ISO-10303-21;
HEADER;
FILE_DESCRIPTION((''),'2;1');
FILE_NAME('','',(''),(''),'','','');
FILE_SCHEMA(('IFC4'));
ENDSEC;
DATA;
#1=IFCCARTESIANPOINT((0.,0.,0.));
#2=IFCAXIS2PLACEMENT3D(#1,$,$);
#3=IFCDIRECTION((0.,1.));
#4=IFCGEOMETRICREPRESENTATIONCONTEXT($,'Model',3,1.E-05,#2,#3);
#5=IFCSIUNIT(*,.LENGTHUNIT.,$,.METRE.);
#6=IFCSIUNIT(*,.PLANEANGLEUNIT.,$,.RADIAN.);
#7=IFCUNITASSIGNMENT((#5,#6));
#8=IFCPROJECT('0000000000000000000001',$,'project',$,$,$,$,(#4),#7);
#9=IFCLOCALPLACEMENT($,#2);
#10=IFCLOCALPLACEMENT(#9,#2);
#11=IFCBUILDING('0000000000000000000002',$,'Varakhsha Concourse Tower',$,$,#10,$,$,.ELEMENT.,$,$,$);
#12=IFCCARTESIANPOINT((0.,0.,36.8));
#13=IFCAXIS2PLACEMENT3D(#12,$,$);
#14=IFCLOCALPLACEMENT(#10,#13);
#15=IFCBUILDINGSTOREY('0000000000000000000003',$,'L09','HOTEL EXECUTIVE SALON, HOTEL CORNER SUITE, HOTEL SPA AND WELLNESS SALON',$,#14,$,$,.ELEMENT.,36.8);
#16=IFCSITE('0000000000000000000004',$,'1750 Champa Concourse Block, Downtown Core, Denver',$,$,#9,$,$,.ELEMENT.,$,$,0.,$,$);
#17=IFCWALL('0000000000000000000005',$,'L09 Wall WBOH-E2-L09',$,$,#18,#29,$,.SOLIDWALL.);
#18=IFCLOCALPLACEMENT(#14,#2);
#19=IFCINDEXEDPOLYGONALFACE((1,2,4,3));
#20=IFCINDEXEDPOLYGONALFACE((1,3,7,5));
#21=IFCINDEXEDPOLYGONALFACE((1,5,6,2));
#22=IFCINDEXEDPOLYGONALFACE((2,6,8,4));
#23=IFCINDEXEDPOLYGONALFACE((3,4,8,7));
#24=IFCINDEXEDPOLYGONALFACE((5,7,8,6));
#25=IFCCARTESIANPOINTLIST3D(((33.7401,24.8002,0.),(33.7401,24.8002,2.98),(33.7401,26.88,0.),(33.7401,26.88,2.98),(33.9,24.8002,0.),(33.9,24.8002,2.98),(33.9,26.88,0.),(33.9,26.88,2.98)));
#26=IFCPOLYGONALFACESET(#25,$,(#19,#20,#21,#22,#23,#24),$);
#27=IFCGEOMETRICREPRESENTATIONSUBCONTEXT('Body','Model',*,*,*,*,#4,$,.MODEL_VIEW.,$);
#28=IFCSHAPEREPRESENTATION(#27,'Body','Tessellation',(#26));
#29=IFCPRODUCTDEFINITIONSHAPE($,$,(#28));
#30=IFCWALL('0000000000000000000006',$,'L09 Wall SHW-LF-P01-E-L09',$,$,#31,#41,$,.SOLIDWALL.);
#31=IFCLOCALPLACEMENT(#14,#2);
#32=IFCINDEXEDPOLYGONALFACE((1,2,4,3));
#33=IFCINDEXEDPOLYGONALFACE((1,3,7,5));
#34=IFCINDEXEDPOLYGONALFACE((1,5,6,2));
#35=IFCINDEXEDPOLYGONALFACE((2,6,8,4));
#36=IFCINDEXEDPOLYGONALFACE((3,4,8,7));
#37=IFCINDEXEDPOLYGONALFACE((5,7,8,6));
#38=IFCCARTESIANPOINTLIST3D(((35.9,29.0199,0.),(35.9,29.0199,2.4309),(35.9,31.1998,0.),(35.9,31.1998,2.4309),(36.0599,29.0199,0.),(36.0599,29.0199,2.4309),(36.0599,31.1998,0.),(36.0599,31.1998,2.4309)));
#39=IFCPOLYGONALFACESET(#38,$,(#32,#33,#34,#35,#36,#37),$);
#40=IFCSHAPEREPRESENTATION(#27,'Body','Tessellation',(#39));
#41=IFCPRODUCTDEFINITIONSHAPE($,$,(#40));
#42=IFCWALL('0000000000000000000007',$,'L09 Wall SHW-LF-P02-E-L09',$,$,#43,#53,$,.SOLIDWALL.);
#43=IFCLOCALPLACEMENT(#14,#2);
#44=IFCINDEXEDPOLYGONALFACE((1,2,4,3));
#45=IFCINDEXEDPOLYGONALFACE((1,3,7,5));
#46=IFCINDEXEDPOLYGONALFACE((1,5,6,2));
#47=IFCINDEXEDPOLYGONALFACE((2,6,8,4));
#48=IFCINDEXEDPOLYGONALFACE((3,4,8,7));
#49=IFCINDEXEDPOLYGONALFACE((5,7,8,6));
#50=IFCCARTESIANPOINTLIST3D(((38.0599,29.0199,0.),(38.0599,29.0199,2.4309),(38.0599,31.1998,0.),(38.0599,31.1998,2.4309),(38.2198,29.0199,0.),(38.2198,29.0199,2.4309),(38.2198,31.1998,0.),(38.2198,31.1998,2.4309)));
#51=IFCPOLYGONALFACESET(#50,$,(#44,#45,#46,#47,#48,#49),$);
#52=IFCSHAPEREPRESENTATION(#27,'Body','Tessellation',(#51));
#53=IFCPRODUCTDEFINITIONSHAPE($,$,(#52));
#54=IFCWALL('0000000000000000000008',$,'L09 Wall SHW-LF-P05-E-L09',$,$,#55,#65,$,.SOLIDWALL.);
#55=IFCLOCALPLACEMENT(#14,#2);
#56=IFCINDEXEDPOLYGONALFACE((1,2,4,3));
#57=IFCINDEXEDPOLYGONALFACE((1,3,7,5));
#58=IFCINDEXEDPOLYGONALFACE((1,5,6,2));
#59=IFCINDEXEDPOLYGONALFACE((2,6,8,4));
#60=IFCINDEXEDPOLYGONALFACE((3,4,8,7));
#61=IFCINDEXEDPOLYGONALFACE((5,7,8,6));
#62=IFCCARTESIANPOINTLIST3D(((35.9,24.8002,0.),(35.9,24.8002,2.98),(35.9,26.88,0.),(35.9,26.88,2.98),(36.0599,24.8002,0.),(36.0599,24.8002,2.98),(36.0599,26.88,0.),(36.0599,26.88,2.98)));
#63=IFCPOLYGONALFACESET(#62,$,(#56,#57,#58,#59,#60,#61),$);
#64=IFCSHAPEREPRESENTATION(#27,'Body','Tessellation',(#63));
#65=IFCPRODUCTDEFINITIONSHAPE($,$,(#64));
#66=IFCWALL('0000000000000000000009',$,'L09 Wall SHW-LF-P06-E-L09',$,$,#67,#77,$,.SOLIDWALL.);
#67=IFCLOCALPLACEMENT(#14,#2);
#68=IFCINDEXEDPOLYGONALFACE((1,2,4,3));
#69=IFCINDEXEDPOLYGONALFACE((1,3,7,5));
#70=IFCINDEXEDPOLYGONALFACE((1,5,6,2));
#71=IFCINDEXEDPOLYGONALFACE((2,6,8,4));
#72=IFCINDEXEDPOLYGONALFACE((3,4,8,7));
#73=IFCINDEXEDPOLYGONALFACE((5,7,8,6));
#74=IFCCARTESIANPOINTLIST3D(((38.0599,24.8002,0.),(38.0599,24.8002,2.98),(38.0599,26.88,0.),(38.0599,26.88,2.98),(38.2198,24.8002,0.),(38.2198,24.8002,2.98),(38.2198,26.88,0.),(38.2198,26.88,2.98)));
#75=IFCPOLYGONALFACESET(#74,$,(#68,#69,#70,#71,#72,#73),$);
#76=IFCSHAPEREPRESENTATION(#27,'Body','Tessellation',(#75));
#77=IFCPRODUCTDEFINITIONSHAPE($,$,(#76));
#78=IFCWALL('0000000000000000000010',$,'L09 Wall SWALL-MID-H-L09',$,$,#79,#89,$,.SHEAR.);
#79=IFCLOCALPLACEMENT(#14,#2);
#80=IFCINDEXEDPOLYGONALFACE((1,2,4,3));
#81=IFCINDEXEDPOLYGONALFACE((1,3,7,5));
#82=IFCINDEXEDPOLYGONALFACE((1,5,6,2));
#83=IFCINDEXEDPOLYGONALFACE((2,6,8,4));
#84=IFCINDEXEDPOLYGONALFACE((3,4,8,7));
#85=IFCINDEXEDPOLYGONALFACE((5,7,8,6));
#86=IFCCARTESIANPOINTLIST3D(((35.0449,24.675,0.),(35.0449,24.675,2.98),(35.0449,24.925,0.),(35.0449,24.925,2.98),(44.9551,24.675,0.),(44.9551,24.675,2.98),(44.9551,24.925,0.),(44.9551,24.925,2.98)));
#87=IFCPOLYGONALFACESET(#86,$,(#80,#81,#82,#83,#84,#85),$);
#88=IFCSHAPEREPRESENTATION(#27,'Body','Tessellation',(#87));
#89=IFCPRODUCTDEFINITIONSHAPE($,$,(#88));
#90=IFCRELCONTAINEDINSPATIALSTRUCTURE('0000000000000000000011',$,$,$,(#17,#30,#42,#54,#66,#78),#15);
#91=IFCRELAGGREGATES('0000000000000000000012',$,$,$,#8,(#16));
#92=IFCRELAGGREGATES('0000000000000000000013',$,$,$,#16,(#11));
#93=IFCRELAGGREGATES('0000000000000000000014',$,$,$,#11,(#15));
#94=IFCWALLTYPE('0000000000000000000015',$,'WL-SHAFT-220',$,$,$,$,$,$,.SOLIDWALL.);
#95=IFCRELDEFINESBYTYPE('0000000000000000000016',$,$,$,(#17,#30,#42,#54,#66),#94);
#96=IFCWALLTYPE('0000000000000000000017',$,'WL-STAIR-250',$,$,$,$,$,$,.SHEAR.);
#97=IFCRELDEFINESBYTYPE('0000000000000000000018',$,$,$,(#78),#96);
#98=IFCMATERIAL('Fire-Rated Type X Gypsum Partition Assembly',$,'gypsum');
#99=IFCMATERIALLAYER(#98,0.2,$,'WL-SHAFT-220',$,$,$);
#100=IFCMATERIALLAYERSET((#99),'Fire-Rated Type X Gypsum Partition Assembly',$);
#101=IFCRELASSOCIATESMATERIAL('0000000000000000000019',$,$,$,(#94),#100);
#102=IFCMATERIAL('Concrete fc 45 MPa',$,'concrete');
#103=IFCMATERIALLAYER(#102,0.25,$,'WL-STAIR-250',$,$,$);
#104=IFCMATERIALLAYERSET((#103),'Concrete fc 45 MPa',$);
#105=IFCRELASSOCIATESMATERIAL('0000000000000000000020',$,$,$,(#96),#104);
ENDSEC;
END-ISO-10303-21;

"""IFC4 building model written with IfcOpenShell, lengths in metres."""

from ifc_helpers import new_model, si_unit, direction, frame, frame_2d, origin, place, context, subcontext, project, spatial, rectangle, extrude, material, layer, layer_set, type_object, element, save


model = new_model("IFC4")

# Units and contexts
model_context = context("Model", 3, precision=1e-05, world=origin(), true_north=direction((0.0, 1.0)))
body_context = subcontext(model_context, "Body", "Model", "MODEL_VIEW")
ifc_project = project(units=[si_unit("LENGTHUNIT", "METRE"), si_unit("PLANEANGLEUNIT", "RADIAN")], contexts=[model_context])

# Site, building, storey
site_placement = place(None, origin())
site = spatial("IfcSite", under=ifc_project, at=site_placement, Name="1750 Champa Concourse Block, Downtown Core, Denver", CompositionType="ELEMENT", RefElevation=0.0)
building_placement = place(site_placement, origin())
building = spatial("IfcBuilding", under=site, at=building_placement, Name="Varakhsha Concourse Tower", CompositionType="ELEMENT")
storey_placement = place(building_placement, frame((0.0, 0.0, 36.8)))
storey = spatial("IfcBuildingStorey", under=building, at=storey_placement, Name="L09", Description="HOTEL EXECUTIVE SALON, HOTEL CORNER SUITE, HOTEL SPA AND WELLNESS SALON", CompositionType="ELEMENT", Elevation=36.8)

# Shared definitions
ifc_material_1 = material(Name="Fire-Rated Type X Gypsum Partition Assembly", Category="gypsum")

# Shared definitions
ifc_layer_1 = layer(ifc_material_1, 0.2, Name="WL-SHAFT-220")
ifc_layer_set_1 = layer_set([ifc_layer_1], Name="Fire-Rated Type X Gypsum Partition Assembly")
wall_type_1 = type_object("IfcWallType", Name="WL-SHAFT-220", PredefinedType="SOLIDWALL", material=ifc_layer_set_1)

# Walls
wall_1_placement = place(storey_placement, frame((33.8201, 24.8, 0.0), z_axis=(0.0, 0.0, 1.0), x_axis=(0.0, 1.0, 0.0)))
element("IfcWall", 1, at=wall_1_placement, inside=storey, type_object=wall_type_1, Name="L09 Wall WBOH-E2-L09", PredefinedType="SOLIDWALL", context=body_context, shape_type="SweptSolid", body=[
    extrude(rectangle(XDim=2.0798, YDim=0.1599, at=frame_2d((1.04, 0.0))), origin(), (0.0, 0.0, 1.0), 2.98),
])
for number, where, z_axis, x_axis, name in (
    (2, (35.98, 29.02, 0.0), (0.0, 0.0, 1.0), (0.0, 1.0, 0.0), "L09 Wall SHW-LF-P01-E-L09"),
    (3, (38.1399, 29.02, 0.0), (0.0, 0.0, 1.0), (0.0, 1.0, 0.0), "L09 Wall SHW-LF-P02-E-L09"),
):
    element("IfcWall", number, at=place(storey_placement, frame(where, z_axis=z_axis, x_axis=x_axis)), inside=storey, type_object=wall_type_1, Name=name, PredefinedType="SOLIDWALL", context=body_context, shape_type="SweptSolid", body=[
        extrude(rectangle(XDim=2.1799, YDim=0.1599, at=frame_2d((1.0898, 0.0))), origin(), (0.0, 0.0, 1.0), 2.4309),
    ])
for number, where, z_axis, x_axis, name in (
    (4, (35.98, 24.8, 0.0), (0.0, 0.0, 1.0), (0.0, 1.0, 0.0), "L09 Wall SHW-LF-P05-E-L09"),
    (5, (38.1399, 24.8, 0.0), (0.0, 0.0, 1.0), (0.0, 1.0, 0.0), "L09 Wall SHW-LF-P06-E-L09"),
):
    element("IfcWall", number, at=place(storey_placement, frame(where, z_axis=z_axis, x_axis=x_axis)), inside=storey, type_object=wall_type_1, Name=name, PredefinedType="SOLIDWALL", context=body_context, shape_type="SweptSolid", body=[
        extrude(rectangle(XDim=2.0798, YDim=0.1599, at=frame_2d((1.04, 0.0))), origin(), (0.0, 0.0, 1.0), 2.98),
    ])
ifc_material_2 = material(Name="Concrete fc 45 MPa", Category="concrete")
ifc_layer_2 = layer(ifc_material_2, 0.25, Name="WL-STAIR-250")
ifc_layer_set_2 = layer_set([ifc_layer_2], Name="Concrete fc 45 MPa")
wall_type_2 = type_object("IfcWallType", Name="WL-STAIR-250", PredefinedType="SHEAR", material=ifc_layer_set_2)
wall_2_placement = place(storey_placement, frame((35.0449, 24.8, 0.0), z_axis=(0.0, 0.0, 1.0), x_axis=(1.0, 0.0, 0.0)))
element("IfcWall", 6, at=wall_2_placement, inside=storey, type_object=wall_type_2, Name="L09 Wall SWALL-MID-H-L09", PredefinedType="SHEAR", context=body_context, shape_type="SweptSolid", body=[
    extrude(rectangle(XDim=9.9102, YDim=0.25, at=frame_2d((4.9551, 0.0))), origin(), (0.0, 0.0, 1.0), 2.98),
])

save(model, "model.ifc")
